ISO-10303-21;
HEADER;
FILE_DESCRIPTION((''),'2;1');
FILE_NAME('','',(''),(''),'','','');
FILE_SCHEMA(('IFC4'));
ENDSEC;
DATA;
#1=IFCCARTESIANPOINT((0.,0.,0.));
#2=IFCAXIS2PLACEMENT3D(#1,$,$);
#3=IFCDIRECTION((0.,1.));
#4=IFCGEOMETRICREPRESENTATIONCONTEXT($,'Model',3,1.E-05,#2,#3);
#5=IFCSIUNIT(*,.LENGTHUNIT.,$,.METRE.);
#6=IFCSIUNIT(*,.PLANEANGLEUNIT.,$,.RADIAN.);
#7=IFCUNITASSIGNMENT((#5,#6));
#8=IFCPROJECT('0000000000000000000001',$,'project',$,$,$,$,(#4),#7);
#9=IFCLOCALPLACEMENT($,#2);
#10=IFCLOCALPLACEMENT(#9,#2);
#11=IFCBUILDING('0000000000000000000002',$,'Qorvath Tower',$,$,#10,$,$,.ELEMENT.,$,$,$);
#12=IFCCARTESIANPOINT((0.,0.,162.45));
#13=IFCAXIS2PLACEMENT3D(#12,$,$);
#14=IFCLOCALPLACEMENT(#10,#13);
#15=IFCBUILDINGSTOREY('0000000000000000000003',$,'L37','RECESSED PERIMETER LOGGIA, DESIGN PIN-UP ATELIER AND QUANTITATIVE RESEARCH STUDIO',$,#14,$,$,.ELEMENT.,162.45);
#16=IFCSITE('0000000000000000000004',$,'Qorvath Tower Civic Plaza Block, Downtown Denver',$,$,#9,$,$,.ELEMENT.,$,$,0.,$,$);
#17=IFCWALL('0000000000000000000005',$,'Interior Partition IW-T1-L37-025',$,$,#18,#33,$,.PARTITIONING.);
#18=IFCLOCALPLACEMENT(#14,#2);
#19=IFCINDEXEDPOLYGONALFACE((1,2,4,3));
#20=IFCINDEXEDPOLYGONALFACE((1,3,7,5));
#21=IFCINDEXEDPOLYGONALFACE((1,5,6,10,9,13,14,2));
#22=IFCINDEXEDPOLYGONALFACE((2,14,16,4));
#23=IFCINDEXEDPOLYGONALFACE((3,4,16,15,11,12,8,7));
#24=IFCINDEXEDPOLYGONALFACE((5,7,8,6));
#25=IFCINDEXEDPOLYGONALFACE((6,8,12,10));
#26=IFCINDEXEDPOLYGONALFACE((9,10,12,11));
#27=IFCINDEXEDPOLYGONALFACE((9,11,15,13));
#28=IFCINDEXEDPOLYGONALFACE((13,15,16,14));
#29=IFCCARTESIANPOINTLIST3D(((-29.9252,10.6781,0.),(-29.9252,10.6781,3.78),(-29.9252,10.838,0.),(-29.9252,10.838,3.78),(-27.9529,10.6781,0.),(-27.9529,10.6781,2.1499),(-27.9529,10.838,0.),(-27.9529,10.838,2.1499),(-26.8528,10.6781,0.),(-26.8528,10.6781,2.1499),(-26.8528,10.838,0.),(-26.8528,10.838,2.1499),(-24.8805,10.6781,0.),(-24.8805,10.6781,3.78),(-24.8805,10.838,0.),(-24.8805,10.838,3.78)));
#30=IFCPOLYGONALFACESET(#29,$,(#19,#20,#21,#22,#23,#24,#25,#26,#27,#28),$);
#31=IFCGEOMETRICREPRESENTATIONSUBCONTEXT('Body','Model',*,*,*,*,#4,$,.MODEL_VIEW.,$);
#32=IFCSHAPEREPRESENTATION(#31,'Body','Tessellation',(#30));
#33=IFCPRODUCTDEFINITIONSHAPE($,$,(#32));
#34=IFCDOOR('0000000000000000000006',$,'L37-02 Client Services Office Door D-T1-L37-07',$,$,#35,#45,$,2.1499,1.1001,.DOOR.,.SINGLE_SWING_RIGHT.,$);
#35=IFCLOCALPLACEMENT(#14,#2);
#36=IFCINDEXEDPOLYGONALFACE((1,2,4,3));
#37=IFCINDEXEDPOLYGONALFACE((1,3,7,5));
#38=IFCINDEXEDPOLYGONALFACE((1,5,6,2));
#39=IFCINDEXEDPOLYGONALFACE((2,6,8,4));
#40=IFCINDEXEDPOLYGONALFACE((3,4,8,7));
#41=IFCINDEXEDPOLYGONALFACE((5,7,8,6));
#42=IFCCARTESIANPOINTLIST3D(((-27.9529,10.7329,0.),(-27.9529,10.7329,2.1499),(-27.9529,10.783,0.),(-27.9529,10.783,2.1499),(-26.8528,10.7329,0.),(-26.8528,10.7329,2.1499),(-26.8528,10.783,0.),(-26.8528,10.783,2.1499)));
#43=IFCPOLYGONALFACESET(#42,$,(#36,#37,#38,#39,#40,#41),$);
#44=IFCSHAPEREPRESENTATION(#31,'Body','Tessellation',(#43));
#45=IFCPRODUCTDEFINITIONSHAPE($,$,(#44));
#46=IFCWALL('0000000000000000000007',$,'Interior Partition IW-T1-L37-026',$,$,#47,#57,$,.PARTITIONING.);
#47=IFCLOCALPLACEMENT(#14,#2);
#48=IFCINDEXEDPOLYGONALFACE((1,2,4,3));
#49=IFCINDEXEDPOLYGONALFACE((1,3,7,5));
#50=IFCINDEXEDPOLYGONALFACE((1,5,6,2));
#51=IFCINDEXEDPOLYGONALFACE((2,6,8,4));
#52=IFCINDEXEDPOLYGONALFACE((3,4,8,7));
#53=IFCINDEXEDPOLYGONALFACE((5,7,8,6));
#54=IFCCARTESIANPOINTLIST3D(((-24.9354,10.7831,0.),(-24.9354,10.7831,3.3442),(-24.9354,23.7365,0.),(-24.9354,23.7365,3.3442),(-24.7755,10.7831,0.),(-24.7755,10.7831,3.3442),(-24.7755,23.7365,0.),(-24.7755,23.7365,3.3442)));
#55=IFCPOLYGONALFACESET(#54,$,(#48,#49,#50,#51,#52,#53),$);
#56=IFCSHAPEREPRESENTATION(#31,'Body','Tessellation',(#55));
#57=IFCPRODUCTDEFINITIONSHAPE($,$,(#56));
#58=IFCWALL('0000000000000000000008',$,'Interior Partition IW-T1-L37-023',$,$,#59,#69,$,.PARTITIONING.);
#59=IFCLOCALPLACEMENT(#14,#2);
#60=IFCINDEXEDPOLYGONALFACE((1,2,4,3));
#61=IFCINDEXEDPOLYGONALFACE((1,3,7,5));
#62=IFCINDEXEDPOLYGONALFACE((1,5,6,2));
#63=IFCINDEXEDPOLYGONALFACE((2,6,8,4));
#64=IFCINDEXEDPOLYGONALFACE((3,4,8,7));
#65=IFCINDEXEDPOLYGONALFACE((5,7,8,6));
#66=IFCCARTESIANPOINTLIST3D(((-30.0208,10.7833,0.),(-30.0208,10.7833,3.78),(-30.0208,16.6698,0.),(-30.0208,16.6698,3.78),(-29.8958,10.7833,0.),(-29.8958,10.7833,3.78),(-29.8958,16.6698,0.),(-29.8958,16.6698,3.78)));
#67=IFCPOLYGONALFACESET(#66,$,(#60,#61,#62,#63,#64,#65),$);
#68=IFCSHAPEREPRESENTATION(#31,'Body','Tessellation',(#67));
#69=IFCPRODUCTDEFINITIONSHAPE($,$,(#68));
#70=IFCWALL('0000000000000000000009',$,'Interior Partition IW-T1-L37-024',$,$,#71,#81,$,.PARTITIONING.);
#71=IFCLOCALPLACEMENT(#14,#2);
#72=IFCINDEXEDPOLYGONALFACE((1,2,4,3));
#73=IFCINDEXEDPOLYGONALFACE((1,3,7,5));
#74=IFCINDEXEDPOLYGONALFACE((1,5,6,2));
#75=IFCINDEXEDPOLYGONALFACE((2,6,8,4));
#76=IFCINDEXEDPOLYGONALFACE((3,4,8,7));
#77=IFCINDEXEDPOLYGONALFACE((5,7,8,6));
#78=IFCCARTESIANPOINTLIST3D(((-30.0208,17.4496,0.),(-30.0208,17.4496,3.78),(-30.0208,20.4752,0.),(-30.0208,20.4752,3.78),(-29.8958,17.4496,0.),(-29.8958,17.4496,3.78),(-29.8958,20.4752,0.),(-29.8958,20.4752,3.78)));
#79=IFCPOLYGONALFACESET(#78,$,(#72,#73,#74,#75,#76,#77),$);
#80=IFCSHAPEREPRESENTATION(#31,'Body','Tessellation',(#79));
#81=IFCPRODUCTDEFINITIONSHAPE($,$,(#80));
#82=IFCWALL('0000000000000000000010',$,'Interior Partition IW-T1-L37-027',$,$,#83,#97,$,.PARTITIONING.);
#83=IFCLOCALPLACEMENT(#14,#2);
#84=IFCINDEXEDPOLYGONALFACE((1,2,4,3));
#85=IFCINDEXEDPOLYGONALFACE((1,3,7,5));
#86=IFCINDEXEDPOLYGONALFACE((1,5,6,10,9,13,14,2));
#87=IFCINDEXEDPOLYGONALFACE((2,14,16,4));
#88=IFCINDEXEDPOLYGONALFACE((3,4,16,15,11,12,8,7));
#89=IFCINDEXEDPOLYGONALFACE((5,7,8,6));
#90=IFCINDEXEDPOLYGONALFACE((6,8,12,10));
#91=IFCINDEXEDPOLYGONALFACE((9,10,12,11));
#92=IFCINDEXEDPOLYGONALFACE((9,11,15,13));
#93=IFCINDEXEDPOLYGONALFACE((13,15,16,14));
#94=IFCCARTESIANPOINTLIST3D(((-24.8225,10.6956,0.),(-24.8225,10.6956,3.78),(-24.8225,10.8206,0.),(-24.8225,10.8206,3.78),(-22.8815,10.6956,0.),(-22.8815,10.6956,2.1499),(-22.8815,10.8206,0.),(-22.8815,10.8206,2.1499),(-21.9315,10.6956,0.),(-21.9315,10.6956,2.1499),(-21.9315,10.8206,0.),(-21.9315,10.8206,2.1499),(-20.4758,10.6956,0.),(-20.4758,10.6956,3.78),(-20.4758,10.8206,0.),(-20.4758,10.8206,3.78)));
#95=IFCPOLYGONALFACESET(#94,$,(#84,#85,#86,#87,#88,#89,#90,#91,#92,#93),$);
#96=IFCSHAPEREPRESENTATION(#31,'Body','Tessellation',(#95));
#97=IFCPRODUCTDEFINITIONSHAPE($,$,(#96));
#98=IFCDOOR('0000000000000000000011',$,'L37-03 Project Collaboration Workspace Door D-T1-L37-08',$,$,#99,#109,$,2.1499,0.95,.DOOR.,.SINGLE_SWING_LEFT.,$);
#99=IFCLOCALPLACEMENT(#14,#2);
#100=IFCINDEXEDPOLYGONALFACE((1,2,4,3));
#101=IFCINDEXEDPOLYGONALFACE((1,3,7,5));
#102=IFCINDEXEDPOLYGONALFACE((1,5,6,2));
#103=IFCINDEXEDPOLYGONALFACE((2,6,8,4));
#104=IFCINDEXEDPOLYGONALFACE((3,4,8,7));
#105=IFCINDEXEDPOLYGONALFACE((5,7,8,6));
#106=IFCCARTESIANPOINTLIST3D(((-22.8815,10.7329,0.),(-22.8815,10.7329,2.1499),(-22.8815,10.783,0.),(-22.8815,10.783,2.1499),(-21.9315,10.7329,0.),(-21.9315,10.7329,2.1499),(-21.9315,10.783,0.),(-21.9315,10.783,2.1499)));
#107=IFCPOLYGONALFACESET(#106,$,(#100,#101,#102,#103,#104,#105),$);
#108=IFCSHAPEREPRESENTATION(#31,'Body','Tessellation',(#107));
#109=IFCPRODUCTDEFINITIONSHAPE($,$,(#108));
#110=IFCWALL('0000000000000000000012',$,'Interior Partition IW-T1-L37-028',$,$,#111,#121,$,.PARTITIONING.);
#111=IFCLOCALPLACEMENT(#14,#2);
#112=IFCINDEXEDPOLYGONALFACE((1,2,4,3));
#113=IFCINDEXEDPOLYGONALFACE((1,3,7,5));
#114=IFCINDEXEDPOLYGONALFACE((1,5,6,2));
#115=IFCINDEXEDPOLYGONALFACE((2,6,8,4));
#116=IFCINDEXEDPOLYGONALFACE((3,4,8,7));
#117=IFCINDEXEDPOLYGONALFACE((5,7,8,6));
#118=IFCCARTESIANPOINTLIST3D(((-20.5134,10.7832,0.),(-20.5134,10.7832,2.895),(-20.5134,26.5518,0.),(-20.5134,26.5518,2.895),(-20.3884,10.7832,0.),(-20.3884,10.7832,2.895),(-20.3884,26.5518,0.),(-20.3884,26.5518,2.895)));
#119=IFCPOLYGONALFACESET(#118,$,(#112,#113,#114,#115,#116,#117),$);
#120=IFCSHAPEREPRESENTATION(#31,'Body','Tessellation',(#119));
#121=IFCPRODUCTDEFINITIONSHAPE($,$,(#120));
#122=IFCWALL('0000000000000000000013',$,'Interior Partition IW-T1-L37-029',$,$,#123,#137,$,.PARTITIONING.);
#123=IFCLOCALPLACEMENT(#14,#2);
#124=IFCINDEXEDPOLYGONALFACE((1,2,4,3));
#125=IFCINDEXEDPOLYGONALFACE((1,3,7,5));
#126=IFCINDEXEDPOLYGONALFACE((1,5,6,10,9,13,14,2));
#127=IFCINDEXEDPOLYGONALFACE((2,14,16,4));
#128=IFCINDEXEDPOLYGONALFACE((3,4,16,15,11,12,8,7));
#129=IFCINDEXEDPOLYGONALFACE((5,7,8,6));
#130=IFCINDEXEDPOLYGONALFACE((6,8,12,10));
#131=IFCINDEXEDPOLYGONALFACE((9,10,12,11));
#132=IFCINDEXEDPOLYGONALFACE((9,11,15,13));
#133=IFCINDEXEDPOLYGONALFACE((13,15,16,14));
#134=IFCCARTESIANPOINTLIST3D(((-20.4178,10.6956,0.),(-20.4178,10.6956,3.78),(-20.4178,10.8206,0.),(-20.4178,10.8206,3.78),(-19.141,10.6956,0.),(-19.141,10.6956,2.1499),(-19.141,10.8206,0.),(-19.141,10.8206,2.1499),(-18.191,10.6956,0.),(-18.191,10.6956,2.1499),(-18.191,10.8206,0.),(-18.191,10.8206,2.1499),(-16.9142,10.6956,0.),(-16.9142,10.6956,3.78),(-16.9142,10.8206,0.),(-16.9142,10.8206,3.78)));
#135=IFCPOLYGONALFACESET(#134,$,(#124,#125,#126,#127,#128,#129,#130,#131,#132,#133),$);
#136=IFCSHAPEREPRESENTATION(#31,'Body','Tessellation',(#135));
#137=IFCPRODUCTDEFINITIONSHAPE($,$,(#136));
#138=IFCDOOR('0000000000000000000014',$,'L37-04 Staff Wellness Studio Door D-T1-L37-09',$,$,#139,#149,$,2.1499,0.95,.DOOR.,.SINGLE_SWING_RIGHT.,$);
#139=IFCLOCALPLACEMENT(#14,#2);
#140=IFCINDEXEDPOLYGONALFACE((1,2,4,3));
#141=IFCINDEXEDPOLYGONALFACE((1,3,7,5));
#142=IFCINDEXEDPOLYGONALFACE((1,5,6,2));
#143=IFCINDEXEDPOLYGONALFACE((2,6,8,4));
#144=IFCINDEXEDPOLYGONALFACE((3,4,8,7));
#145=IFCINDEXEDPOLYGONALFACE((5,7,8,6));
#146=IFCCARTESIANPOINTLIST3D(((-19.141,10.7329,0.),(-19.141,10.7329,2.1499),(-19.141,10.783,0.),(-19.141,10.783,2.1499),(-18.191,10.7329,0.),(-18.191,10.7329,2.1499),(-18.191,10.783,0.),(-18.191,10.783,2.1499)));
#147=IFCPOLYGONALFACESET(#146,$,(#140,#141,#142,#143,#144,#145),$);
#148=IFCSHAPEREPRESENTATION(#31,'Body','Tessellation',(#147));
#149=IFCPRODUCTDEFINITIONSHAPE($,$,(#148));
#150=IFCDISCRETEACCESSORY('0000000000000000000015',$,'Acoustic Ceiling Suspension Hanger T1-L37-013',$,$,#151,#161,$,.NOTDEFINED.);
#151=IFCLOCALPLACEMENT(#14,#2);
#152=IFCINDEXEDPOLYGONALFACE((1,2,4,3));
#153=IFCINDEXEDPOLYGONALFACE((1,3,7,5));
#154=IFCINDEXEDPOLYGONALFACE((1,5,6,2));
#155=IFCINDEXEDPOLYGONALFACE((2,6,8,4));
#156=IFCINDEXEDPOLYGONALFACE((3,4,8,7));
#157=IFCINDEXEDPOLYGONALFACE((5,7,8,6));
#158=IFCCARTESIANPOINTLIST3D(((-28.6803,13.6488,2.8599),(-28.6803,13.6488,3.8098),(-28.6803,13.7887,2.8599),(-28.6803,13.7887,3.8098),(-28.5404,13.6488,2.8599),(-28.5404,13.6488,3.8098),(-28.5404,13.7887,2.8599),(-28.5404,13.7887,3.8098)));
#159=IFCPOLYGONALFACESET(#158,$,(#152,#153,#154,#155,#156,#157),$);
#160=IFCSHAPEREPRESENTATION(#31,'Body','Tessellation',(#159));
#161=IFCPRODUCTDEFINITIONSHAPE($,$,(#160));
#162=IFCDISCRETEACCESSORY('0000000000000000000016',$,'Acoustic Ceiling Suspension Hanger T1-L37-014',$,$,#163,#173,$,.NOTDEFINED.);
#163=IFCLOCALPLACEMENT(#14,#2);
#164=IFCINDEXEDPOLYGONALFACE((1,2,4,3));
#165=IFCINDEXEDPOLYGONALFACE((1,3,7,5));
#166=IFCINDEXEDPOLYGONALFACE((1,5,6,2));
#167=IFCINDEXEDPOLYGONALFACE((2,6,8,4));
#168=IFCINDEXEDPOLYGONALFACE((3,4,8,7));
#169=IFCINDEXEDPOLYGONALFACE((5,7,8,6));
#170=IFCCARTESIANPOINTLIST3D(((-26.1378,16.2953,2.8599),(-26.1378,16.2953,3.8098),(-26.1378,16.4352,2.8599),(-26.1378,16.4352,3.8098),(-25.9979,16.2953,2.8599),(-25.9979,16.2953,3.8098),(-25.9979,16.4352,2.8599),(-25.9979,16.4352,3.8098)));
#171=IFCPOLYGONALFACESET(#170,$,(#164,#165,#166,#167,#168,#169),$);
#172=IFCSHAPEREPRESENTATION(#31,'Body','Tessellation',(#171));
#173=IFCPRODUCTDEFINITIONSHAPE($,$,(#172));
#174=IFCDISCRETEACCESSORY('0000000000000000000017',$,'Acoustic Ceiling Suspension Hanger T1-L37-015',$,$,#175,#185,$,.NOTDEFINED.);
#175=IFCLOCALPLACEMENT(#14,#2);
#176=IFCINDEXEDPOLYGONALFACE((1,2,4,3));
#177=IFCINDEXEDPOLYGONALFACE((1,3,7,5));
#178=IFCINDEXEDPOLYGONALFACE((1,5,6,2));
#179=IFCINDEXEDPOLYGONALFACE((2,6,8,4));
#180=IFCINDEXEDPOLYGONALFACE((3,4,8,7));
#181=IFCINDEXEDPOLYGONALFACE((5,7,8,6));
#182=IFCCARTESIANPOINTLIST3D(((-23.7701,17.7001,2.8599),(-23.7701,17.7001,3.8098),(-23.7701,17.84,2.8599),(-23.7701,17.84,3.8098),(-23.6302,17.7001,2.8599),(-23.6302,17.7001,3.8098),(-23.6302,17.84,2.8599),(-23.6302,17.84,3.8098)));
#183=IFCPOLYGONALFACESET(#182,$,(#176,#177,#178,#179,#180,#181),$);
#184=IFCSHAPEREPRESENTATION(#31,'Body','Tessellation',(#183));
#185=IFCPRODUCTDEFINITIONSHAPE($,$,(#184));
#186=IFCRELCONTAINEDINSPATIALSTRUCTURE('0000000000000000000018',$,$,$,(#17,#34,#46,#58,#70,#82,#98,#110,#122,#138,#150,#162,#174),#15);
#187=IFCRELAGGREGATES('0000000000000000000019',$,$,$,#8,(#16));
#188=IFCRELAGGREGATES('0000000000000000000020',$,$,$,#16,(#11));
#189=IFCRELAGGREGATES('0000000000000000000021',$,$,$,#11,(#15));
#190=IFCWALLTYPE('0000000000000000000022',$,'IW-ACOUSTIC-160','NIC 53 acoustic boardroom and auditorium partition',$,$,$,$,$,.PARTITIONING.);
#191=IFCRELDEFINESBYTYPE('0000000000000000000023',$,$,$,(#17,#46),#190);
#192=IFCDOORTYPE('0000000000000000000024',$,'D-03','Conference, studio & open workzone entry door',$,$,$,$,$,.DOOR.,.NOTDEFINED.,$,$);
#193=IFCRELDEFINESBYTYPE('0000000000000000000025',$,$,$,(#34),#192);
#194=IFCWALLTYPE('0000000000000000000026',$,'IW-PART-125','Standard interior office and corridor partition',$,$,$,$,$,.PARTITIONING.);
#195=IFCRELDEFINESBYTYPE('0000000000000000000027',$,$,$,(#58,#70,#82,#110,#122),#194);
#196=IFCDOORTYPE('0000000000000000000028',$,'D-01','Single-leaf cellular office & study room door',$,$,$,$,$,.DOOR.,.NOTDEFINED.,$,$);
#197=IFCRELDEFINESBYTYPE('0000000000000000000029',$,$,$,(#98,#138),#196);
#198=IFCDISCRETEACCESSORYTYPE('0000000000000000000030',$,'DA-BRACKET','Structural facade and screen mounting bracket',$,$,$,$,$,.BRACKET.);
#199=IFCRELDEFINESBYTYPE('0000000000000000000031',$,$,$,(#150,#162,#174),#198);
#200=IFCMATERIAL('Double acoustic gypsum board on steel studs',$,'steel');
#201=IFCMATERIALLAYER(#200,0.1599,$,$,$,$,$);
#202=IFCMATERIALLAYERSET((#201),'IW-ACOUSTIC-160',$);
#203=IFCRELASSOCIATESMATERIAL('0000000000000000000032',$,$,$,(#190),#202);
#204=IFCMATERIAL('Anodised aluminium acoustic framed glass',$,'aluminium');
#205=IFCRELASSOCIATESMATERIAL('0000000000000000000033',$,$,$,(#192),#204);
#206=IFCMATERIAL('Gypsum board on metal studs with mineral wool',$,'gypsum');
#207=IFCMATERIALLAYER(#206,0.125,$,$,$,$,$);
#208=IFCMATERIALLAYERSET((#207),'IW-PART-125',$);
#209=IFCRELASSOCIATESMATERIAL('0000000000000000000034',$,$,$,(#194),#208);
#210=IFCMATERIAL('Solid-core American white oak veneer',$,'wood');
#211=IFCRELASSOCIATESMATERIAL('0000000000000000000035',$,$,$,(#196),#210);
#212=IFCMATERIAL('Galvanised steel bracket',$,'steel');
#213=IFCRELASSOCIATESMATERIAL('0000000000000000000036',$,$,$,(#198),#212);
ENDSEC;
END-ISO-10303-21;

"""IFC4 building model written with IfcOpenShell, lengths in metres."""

from ifc_helpers import new_model, si_unit, direction, frame, frame_2d, origin, origin_2d, place, context, subcontext, project, spatial, rectangle, extrude, material, layer, layer_set, type_object, element, fill, save


model = new_model("IFC4")

# Units and contexts
model_context = context("Model", 3, precision=1e-05, world=origin(), true_north=direction((0.0, 1.0)))
body_context = subcontext(model_context, "Body", "Model", "MODEL_VIEW")
ifc_project = project(units=[si_unit("LENGTHUNIT", "METRE"), si_unit("PLANEANGLEUNIT", "RADIAN")], contexts=[model_context])

# Site, building, storey
site_placement = place(None, origin())
site = spatial("IfcSite", under=ifc_project, at=site_placement, Name="Qorvath Tower Civic Plaza Block, Downtown Denver", CompositionType="ELEMENT", RefElevation=0.0)
building_placement = place(site_placement, origin())
building = spatial("IfcBuilding", under=site, at=building_placement, Name="Qorvath Tower", CompositionType="ELEMENT")
storey_placement = place(building_placement, frame((0.0, 0.0, 162.45)))
storey = spatial("IfcBuildingStorey", under=building, at=storey_placement, Name="L37", Description="RECESSED PERIMETER LOGGIA, DESIGN PIN-UP ATELIER AND QUANTITATIVE RESEARCH STUDIO", CompositionType="ELEMENT", Elevation=162.45)

# Wall, opening, door
ifc_material_1 = material(Name="Double acoustic gypsum board on steel studs", Category="steel")
ifc_layer_1 = layer(ifc_material_1, 0.1599)
ifc_layer_set_1 = layer_set([ifc_layer_1], Name="IW-ACOUSTIC-160")
wall_type_1 = type_object("IfcWallType", Name="IW-ACOUSTIC-160", Description="NIC 53 acoustic boardroom and auditorium partition", PredefinedType="PARTITIONING", material=ifc_layer_set_1)
wall_1_placement = place(storey_placement, frame((-29.9253, 10.7581, 0.0), z_axis=(0.0, 0.0, 1.0), x_axis=(1.0, 0.0, 0.0)))
wall_1 = element("IfcWall", 1, at=wall_1_placement, inside=storey, type_object=wall_type_1, Name="Interior Partition IW-T1-L37-025", PredefinedType="PARTITIONING", context=body_context, shape_type="SweptSolid", body=[
    extrude(rectangle(XDim=5.0447, YDim=0.1599, at=frame_2d((2.5225, 0.0))), origin(), (0.0, 0.0, 1.0), 3.78),
])
opening_1_placement = place(wall_1_placement, frame((1.9724, 0.0, 0.0)))
opening_1 = element("IfcOpeningElement", 2, at=opening_1_placement, cuts=wall_1, PredefinedType="OPENING", context=body_context, shape_type="SweptSolid", body=[
    extrude(rectangle(XDim=1.1001, YDim=2.1499, at=frame_2d((0.55, 1.075))), frame((0.0, 0.0898, 0.0), z_axis=(0.0, -1.0, 0.0), x_axis=(1.0, 0.0, 0.0)), (0.0, 0.0, 1.0), 0.1799),
])
ifc_material_2 = material(Name="Anodised aluminium acoustic framed glass", Category="aluminium")
door_type_1 = type_object("IfcDoorType", Name="D-03", Description="Conference, studio & open workzone entry door", OperationType="NOTDEFINED", PredefinedType="DOOR", material=ifc_material_2)
door_1_placement = place(opening_1_placement, origin())
door_1 = element("IfcDoor", 3, at=door_1_placement, inside=storey, type_object=door_type_1, Name="L37-02 Client Services Office Door D-T1-L37-07", OperationType="SINGLE_SWING_RIGHT", OverallHeight=2.1499, OverallWidth=1.1001, PredefinedType="DOOR", context=body_context, shape_type="SweptSolid", body=[
    extrude(rectangle(XDim=1.1001, YDim=2.1499, at=frame_2d((0.55, 1.075))), frame((0.0, 0.0249, 0.0), z_axis=(0.0, -1.0, 0.0), x_axis=(1.0, 0.0, 0.0)), (0.0, 0.0, 1.0), 0.05),
])
fill(opening_1, door_1)

# Walls
wall_2_placement = place(storey_placement, frame((-24.8555, 10.7832, 0.0), z_axis=(0.0, 0.0, 1.0), x_axis=(0.0, 1.0, 0.0)))
element("IfcWall", 4, at=wall_2_placement, inside=storey, type_object=wall_type_1, Name="Interior Partition IW-T1-L37-026", PredefinedType="PARTITIONING", context=body_context, shape_type="SweptSolid", body=[
    extrude(rectangle(XDim=12.9534, YDim=0.1599, at=frame_2d((6.4766, 0.0))), origin(), (0.0, 0.0, 1.0), 3.3442),
])
ifc_material_3 = material(Name="Gypsum board on metal studs with mineral wool", Category="gypsum")
ifc_layer_2 = layer(ifc_material_3, 0.125)
ifc_layer_set_2 = layer_set([ifc_layer_2], Name="IW-PART-125")
wall_type_2 = type_object("IfcWallType", Name="IW-PART-125", Description="Standard interior office and corridor partition", PredefinedType="PARTITIONING", material=ifc_layer_set_2)
wall_3_placement = place(storey_placement, frame((-29.9583, 10.7832, 0.0), z_axis=(0.0, 0.0, 1.0), x_axis=(0.0, 1.0, 0.0)))
element("IfcWall", 5, at=wall_3_placement, inside=storey, type_object=wall_type_2, Name="Interior Partition IW-T1-L37-023", PredefinedType="PARTITIONING", context=body_context, shape_type="SweptSolid", body=[
    extrude(rectangle(XDim=5.8865, YDim=0.125, at=frame_2d((2.9434, 0.0))), origin(), (0.0, 0.0, 1.0), 3.78),
])
wall_4_placement = place(storey_placement, frame((-29.9583, 17.4497, 0.0), z_axis=(0.0, 0.0, 1.0), x_axis=(0.0, 1.0, 0.0)))
element("IfcWall", 6, at=wall_4_placement, inside=storey, type_object=wall_type_2, Name="Interior Partition IW-T1-L37-024", PredefinedType="PARTITIONING", context=body_context, shape_type="SweptSolid", body=[
    extrude(rectangle(XDim=3.0256, YDim=0.125, at=frame_2d((1.5127, 0.0))), origin(), (0.0, 0.0, 1.0), 3.78),
])

# Wall, opening, door
wall_5_placement = place(storey_placement, frame((-24.8225, 10.7581, 0.0), z_axis=(0.0, 0.0, 1.0), x_axis=(1.0, 0.0, 0.0)))
wall_5 = element("IfcWall", 7, at=wall_5_placement, inside=storey, type_object=wall_type_2, Name="Interior Partition IW-T1-L37-027", PredefinedType="PARTITIONING", context=body_context, shape_type="SweptSolid", body=[
    extrude(rectangle(XDim=4.3467, YDim=0.125, at=frame_2d((2.1733, 0.0))), origin(), (0.0, 0.0, 1.0), 3.78),
])
opening_2_placement = place(wall_5_placement, frame((1.9409, 0.0, 0.0)))
opening_2 = element("IfcOpeningElement", 8, at=opening_2_placement, cuts=wall_5, PredefinedType="OPENING", context=body_context, shape_type="SweptSolid", body=[
    extrude(rectangle(XDim=0.95, YDim=2.1499, at=frame_2d((0.4751, 1.075))), frame((0.0, 0.0725, 0.0), z_axis=(0.0, -1.0, 0.0), x_axis=(1.0, 0.0, 0.0)), (0.0, 0.0, 1.0), 0.145),
])
ifc_material_4 = material(Name="Solid-core American white oak veneer", Category="wood")
door_type_2 = type_object("IfcDoorType", Name="D-01", Description="Single-leaf cellular office & study room door", OperationType="NOTDEFINED", PredefinedType="DOOR", material=ifc_material_4)
door_2_placement = place(opening_2_placement, origin())
door_2 = element("IfcDoor", 9, at=door_2_placement, inside=storey, type_object=door_type_2, Name="L37-03 Project Collaboration Workspace Door D-T1-L37-08", OperationType="SINGLE_SWING_LEFT", OverallHeight=2.1499, OverallWidth=0.95, PredefinedType="DOOR", context=body_context, shape_type="SweptSolid", body=[
    extrude(rectangle(XDim=0.95, YDim=2.1499, at=frame_2d((0.4751, 1.075))), frame((0.0, 0.0249, 0.0), z_axis=(0.0, -1.0, 0.0), x_axis=(1.0, 0.0, 0.0)), (0.0, 0.0, 1.0), 0.05),
])
fill(opening_2, door_2)

# Wall
wall_6_placement = place(storey_placement, frame((-20.4509, 10.7832, 0.0), z_axis=(0.0, 0.0, 1.0), x_axis=(0.0, 1.0, 0.0)))
element("IfcWall", 10, at=wall_6_placement, inside=storey, type_object=wall_type_2, Name="Interior Partition IW-T1-L37-028", PredefinedType="PARTITIONING", context=body_context, shape_type="SweptSolid", body=[
    extrude(rectangle(XDim=15.7686, YDim=0.125, at=frame_2d((7.8843, 0.0))), origin(), (0.0, 0.0, 1.0), 2.895),
])

# Wall, opening, door
wall_7_placement = place(storey_placement, frame((-20.418, 10.7581, 0.0), z_axis=(0.0, 0.0, 1.0), x_axis=(1.0, 0.0, 0.0)))
wall_7 = element("IfcWall", 11, at=wall_7_placement, inside=storey, type_object=wall_type_2, Name="Interior Partition IW-T1-L37-029", PredefinedType="PARTITIONING", context=body_context, shape_type="SweptSolid", body=[
    extrude(rectangle(XDim=3.5037, YDim=0.125, at=frame_2d((1.752, 0.0))), origin(), (0.0, 0.0, 1.0), 3.78),
])
opening_3_placement = place(wall_7_placement, frame((1.2769, 0.0, 0.0)))
opening_3 = element("IfcOpeningElement", 12, at=opening_3_placement, cuts=wall_7, PredefinedType="OPENING", context=body_context, shape_type="SweptSolid", body=[
    extrude(rectangle(XDim=0.95, YDim=2.1499, at=frame_2d((0.4751, 1.075))), frame((0.0, 0.0725, 0.0), z_axis=(0.0, -1.0, 0.0), x_axis=(1.0, 0.0, 0.0)), (0.0, 0.0, 1.0), 0.145),
])
door_3_placement = place(opening_3_placement, origin())
door_3 = element("IfcDoor", 13, at=door_3_placement, inside=storey, type_object=door_type_2, Name="L37-04 Staff Wellness Studio Door D-T1-L37-09", OperationType="SINGLE_SWING_RIGHT", OverallHeight=2.1499, OverallWidth=0.95, PredefinedType="DOOR", context=body_context, shape_type="SweptSolid", body=[
    extrude(rectangle(XDim=0.95, YDim=2.1499, at=frame_2d((0.4751, 1.075))), frame((0.0, 0.0249, 0.0), z_axis=(0.0, -1.0, 0.0), x_axis=(1.0, 0.0, 0.0)), (0.0, 0.0, 1.0), 0.05),
])
fill(opening_3, door_3)

# Discrete accessories
ifc_material_5 = material(Name="Galvanised steel bracket", Category="steel")
discrete_accessory_type = type_object("IfcDiscreteAccessoryType", Name="DA-BRACKET", Description="Structural facade and screen mounting bracket", PredefinedType="BRACKET", material=ifc_material_5)
for number, where, z_axis, x_axis, name in (
    (14, (-28.6104, 13.7188, 2.8599), (0.0, 0.0, 1.0), (1.0, 0.0, 0.0), "Acoustic Ceiling Suspension Hanger T1-L37-013"),
    (15, (-26.0679, 16.3652, 2.8599), (0.0, 0.0, 1.0), (1.0, 0.0, 0.0), "Acoustic Ceiling Suspension Hanger T1-L37-014"),
    (16, (-23.7002, 17.77, 2.8599), (0.0, 0.0, 1.0), (1.0, 0.0, 0.0), "Acoustic Ceiling Suspension Hanger T1-L37-015"),
):
    element("IfcDiscreteAccessory", number, at=place(storey_placement, frame(where, z_axis=z_axis, x_axis=x_axis)), inside=storey, type_object=discrete_accessory_type, Name=name, PredefinedType="NOTDEFINED", context=body_context, shape_type="SweptSolid", body=[
        extrude(rectangle(XDim=0.1399, YDim=0.1399, at=origin_2d()), origin(), (0.0, 0.0, 1.0), 0.95),
    ])

save(model, "model.ifc")
